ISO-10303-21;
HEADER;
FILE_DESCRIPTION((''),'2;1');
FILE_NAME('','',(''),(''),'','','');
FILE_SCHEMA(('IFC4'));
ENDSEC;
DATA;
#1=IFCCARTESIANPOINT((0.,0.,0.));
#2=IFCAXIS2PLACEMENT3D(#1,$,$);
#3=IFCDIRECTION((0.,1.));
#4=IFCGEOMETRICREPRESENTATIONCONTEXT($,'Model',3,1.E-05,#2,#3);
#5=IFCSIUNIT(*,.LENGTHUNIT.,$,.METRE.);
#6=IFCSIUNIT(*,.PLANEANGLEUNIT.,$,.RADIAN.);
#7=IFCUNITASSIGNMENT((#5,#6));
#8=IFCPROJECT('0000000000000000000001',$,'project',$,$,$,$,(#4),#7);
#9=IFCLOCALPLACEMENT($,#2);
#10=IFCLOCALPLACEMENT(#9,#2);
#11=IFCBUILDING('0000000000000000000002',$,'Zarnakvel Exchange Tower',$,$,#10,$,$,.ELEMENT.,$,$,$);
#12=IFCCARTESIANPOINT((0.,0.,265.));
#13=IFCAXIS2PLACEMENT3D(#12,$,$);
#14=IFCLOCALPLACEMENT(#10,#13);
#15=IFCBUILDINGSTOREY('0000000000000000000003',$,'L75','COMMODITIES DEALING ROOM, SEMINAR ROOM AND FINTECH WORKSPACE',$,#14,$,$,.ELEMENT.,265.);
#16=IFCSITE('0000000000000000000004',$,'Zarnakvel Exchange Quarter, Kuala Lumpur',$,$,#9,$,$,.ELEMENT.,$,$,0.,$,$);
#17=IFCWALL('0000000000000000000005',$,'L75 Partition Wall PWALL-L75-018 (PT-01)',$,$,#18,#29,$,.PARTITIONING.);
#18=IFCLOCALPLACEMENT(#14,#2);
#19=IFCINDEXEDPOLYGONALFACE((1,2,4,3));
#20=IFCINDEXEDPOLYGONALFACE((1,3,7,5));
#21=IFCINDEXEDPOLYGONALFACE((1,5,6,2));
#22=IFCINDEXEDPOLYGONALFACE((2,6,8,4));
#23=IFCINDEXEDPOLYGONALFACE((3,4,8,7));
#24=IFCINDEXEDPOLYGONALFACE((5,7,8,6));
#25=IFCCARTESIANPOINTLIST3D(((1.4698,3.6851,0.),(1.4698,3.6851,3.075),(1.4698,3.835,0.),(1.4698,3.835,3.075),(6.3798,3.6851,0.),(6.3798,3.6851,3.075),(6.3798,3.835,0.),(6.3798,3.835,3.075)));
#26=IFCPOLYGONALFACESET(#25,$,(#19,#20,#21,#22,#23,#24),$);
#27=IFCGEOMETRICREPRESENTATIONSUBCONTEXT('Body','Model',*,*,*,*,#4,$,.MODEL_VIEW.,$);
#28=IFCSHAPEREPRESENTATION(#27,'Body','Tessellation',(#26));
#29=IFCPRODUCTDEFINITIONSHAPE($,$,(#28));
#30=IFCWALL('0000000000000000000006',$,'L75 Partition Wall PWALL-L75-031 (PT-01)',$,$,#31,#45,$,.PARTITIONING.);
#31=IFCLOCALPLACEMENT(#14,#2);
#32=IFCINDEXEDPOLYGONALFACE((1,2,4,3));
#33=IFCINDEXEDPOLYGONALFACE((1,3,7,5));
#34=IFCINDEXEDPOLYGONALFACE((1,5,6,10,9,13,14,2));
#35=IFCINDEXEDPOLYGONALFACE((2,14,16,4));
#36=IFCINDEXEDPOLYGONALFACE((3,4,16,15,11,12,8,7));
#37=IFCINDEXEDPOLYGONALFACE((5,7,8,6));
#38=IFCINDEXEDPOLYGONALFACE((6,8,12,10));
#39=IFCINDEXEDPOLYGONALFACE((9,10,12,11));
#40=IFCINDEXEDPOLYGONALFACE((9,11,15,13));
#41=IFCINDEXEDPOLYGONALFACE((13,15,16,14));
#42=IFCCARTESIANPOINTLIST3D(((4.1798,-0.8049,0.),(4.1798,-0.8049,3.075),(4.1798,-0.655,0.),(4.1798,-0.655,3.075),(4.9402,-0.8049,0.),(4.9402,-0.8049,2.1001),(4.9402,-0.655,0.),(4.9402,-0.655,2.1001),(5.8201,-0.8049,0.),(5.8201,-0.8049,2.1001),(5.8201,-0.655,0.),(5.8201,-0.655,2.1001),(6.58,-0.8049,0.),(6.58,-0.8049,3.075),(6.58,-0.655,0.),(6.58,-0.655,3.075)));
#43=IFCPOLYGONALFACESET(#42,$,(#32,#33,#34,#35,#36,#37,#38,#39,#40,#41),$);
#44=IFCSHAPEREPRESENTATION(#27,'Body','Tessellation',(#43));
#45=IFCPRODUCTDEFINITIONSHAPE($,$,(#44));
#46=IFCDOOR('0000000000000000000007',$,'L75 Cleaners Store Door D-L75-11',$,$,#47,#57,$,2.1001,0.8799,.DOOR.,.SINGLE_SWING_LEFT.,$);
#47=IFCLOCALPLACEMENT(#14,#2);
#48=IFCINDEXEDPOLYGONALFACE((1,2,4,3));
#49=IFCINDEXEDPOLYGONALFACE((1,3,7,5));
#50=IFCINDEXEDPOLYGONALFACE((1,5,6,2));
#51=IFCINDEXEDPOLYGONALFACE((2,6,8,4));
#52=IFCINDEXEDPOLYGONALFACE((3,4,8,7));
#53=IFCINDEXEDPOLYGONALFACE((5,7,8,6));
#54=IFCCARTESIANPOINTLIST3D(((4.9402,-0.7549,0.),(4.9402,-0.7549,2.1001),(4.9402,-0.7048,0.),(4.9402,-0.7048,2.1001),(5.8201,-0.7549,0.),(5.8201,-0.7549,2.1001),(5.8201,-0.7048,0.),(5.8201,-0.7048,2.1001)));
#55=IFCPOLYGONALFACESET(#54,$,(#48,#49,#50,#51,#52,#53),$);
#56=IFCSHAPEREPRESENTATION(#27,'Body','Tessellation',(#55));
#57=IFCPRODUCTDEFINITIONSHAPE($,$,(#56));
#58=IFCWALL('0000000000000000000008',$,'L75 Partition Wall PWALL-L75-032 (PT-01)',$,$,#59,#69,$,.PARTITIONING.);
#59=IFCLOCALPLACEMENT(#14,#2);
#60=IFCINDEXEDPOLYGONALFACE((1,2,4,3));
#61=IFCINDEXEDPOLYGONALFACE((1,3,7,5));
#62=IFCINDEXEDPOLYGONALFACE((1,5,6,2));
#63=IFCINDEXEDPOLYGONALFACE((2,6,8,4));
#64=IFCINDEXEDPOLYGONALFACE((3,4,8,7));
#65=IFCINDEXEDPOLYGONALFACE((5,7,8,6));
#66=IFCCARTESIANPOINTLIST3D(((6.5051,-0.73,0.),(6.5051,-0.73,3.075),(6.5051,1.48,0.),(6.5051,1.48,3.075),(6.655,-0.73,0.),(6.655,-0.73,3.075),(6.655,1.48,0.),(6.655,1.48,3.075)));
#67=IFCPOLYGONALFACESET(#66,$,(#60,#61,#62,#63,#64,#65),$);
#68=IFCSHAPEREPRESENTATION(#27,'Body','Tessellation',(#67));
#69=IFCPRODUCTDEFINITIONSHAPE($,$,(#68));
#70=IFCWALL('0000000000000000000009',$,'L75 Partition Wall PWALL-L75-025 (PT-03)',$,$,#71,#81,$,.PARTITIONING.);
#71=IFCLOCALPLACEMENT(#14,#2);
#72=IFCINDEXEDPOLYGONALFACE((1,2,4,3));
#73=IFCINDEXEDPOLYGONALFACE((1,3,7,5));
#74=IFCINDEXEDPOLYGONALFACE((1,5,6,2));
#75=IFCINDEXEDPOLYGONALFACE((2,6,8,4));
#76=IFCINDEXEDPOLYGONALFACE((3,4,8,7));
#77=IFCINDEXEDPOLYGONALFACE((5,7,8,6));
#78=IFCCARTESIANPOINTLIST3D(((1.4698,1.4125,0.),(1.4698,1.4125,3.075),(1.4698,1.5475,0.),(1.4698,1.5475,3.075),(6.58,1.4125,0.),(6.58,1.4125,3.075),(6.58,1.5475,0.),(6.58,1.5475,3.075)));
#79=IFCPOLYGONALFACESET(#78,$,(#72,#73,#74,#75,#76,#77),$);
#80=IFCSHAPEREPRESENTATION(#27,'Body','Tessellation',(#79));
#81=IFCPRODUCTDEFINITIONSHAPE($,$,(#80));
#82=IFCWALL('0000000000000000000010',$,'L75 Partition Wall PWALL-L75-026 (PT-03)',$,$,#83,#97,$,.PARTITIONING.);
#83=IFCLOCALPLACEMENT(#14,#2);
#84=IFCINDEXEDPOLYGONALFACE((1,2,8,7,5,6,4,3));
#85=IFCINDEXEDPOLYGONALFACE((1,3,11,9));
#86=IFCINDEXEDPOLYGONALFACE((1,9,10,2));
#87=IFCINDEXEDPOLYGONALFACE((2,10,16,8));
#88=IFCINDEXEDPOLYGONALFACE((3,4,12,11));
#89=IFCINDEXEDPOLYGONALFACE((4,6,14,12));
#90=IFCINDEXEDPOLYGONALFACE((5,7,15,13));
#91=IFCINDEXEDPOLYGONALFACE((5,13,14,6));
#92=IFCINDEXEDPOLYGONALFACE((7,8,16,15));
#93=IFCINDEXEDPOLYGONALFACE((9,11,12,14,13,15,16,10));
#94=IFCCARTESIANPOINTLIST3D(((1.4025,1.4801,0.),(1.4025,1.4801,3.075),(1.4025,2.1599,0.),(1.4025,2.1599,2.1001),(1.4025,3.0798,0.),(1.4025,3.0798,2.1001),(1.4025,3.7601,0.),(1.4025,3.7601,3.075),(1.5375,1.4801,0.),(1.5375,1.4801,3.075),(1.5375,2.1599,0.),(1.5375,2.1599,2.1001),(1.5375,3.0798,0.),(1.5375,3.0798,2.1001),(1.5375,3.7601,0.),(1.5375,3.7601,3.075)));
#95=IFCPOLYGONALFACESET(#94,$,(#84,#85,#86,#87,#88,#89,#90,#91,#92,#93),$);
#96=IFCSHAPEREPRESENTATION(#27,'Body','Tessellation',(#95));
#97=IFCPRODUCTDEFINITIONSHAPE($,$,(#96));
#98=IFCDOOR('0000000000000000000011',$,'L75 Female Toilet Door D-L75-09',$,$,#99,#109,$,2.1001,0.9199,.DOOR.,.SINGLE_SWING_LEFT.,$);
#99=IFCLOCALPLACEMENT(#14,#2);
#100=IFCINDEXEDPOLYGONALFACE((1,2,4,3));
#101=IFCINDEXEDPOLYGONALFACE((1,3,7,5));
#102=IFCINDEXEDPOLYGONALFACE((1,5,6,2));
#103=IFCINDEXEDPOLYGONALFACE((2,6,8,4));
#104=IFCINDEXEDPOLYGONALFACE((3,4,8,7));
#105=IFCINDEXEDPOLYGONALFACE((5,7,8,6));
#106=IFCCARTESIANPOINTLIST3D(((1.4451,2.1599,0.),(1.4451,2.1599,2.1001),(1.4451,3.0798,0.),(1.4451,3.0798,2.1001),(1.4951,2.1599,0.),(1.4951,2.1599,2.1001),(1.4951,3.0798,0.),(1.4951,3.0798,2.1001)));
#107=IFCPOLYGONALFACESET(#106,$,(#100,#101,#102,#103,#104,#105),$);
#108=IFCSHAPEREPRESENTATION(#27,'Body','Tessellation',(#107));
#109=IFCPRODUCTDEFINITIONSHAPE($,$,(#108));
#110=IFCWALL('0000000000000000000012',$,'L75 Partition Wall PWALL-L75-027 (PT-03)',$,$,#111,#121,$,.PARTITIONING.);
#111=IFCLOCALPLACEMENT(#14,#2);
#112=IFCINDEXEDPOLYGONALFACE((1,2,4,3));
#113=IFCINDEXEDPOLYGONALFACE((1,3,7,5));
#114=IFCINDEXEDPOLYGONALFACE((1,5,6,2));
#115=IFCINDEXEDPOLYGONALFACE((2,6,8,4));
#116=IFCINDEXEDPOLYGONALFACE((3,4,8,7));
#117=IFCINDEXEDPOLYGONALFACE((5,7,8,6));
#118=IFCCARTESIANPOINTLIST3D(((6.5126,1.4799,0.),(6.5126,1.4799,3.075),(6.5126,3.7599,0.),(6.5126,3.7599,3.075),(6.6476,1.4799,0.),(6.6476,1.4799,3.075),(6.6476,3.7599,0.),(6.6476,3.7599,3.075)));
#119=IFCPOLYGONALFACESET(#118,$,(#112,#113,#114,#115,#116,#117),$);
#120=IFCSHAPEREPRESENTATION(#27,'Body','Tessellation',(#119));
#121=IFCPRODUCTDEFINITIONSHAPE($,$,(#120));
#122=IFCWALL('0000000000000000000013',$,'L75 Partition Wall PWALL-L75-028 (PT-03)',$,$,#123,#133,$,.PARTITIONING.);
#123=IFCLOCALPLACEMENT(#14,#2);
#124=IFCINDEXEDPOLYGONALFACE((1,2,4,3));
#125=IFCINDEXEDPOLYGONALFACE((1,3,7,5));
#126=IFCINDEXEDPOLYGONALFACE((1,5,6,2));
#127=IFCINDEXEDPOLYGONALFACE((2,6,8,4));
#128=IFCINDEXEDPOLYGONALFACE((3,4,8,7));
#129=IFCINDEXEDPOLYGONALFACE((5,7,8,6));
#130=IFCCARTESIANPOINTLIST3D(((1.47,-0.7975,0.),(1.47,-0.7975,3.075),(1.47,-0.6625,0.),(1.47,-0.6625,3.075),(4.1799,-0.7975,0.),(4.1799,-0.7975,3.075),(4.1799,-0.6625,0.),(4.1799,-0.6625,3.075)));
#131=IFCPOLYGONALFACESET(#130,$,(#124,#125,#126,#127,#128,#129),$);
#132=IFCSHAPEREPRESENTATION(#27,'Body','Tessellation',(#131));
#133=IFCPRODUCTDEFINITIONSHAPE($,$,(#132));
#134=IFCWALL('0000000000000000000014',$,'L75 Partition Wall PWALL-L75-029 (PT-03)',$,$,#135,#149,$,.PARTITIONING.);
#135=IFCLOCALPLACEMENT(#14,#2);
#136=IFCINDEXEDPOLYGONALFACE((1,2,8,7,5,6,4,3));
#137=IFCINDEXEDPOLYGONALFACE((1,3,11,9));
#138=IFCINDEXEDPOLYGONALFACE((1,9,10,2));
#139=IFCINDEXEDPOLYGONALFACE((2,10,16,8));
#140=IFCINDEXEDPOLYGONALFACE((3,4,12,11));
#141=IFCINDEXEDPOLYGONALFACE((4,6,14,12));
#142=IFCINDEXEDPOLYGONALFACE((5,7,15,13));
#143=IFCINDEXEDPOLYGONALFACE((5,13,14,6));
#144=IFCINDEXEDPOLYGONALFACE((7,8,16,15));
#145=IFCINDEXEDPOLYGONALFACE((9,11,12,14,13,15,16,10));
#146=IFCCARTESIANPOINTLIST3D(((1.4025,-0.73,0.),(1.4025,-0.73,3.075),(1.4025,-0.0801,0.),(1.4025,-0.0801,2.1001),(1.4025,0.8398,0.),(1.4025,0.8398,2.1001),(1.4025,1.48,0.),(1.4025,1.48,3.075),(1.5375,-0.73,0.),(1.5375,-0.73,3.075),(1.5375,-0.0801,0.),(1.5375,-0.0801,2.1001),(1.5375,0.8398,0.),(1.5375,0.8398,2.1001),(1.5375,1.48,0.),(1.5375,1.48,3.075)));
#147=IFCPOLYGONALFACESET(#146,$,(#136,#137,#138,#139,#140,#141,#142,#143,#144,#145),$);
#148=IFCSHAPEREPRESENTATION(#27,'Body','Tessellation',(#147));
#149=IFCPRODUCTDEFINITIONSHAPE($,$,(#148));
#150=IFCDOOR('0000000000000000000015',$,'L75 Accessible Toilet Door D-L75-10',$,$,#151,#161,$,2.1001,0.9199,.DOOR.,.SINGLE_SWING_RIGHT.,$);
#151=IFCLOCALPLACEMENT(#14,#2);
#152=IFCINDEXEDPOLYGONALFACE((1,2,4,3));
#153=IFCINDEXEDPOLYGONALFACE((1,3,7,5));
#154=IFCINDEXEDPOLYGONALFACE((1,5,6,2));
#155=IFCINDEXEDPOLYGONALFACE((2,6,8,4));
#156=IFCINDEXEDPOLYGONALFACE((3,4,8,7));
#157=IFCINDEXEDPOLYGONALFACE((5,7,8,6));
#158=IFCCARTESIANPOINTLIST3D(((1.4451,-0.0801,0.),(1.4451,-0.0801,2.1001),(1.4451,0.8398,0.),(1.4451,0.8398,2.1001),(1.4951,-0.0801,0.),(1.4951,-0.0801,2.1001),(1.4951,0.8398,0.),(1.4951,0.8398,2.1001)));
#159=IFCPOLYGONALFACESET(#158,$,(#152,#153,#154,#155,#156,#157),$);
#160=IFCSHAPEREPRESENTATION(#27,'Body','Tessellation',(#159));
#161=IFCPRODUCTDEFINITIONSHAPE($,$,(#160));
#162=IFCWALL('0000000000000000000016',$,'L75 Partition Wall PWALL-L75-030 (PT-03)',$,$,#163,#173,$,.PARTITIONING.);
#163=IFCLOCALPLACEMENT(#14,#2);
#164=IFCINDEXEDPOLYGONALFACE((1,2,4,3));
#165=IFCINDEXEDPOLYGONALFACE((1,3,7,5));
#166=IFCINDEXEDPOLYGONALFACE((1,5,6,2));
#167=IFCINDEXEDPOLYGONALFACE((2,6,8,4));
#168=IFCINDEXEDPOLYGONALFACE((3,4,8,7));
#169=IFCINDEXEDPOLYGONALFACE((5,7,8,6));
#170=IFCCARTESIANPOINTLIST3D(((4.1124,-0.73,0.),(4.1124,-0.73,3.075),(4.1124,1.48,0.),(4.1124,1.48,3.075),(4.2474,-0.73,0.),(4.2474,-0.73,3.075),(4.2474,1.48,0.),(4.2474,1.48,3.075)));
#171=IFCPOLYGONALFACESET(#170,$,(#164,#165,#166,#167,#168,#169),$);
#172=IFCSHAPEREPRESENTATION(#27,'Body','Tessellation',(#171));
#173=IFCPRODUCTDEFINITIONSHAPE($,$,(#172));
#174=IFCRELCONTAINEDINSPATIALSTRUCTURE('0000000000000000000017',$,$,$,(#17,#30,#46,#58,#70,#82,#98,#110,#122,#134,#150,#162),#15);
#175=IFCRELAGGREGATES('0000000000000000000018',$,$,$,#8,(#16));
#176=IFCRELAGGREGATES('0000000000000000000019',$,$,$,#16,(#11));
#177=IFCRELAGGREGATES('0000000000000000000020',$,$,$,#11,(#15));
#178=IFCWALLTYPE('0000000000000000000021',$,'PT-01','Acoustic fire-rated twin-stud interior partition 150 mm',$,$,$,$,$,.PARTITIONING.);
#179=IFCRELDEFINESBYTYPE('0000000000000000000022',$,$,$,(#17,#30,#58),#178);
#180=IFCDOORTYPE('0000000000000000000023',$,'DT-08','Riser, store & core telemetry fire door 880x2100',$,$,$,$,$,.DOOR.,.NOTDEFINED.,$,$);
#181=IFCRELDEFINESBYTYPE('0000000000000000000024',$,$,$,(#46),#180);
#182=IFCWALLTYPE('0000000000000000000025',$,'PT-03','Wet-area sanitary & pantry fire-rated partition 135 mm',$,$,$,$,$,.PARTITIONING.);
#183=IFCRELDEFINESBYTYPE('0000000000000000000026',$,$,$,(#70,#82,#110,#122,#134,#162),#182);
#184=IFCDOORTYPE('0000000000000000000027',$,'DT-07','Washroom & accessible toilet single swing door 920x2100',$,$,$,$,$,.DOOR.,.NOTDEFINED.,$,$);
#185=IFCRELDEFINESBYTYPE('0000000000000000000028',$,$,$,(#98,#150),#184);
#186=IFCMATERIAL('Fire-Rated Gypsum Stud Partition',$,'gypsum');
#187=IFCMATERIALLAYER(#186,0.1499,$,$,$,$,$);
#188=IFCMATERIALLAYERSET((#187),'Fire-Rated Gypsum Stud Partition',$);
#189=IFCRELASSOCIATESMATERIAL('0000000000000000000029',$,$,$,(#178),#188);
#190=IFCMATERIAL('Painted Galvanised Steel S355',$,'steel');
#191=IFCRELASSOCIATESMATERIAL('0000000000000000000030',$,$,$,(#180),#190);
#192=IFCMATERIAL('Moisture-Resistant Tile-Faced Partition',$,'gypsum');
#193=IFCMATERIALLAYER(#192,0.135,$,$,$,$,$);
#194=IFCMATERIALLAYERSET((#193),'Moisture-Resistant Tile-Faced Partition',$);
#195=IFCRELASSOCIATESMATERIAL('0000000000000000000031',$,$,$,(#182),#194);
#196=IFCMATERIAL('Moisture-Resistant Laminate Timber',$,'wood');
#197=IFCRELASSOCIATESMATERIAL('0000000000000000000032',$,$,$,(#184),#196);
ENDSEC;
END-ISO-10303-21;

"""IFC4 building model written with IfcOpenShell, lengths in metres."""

from ifc_helpers import new_model, si_unit, direction, frame, frame_2d, origin, place, context, subcontext, project, spatial, rectangle, extrude, source, transform, mapped, material, layer, layer_set, type_object, element, fill, save


model = new_model("IFC4")

# Units and contexts
model_context = context("Model", 3, precision=1e-05, world=origin(), true_north=direction((0.0, 1.0)))
body_context = subcontext(model_context, "Body", "Model", "MODEL_VIEW")
ifc_project = project(units=[si_unit("LENGTHUNIT", "METRE"), si_unit("PLANEANGLEUNIT", "RADIAN")], contexts=[model_context])

# Site, building, storey
site_placement = place(None, origin())
site = spatial("IfcSite", under=ifc_project, at=site_placement, Name="Zarnakvel Exchange Quarter, Kuala Lumpur", CompositionType="ELEMENT", RefElevation=0.0)
building_placement = place(site_placement, origin())
building = spatial("IfcBuilding", under=site, at=building_placement, Name="Zarnakvel Exchange Tower", CompositionType="ELEMENT")
storey_placement = place(building_placement, frame((0.0, 0.0, 265.0)))
storey = spatial("IfcBuildingStorey", under=building, at=storey_placement, Name="L75", Description="COMMODITIES DEALING ROOM, SEMINAR ROOM AND FINTECH WORKSPACE", CompositionType="ELEMENT", Elevation=265.0)

# Wall
ifc_material_1 = material(Name="Fire-Rated Gypsum Stud Partition", Category="gypsum")
ifc_layer_1 = layer(ifc_material_1, 0.1499)
ifc_layer_set_1 = layer_set([ifc_layer_1], Name="Fire-Rated Gypsum Stud Partition")
wall_type_1 = type_object("IfcWallType", Name="PT-01", Description="Acoustic fire-rated twin-stud interior partition 150 mm", PredefinedType="PARTITIONING", material=ifc_layer_set_1)
wall_1_placement = place(storey_placement, frame((6.3799, 3.76, 0.0), z_axis=(0.0, 0.0, 1.0), x_axis=(-1.0, 0.0, 0.0)))
element("IfcWall", 1, at=wall_1_placement, inside=storey, type_object=wall_type_1, Name="L75 Partition Wall PWALL-L75-018 (PT-01)", PredefinedType="PARTITIONING", context=body_context, shape_type="SweptSolid", body=[
    extrude(rectangle(XDim=4.9099, YDim=0.1499, at=frame_2d((2.4551, 0.0))), origin(), (0.0, 0.0, 1.0), 3.075),
])

# Wall, opening, door
wall_2_placement = place(storey_placement, frame((6.5801, -0.73, 0.0), z_axis=(0.0, 0.0, 1.0), x_axis=(-1.0, 0.0, 0.0)))
wall_2 = element("IfcWall", 2, at=wall_2_placement, inside=storey, type_object=wall_type_1, Name="L75 Partition Wall PWALL-L75-031 (PT-01)", PredefinedType="PARTITIONING", context=body_context, shape_type="SweptSolid", body=[
    extrude(rectangle(XDim=2.4001, YDim=0.1499, at=frame_2d((1.2002, 0.0))), origin(), (0.0, 0.0, 1.0), 3.075),
])
opening_1_placement = place(wall_2_placement, frame((0.76, 0.0, 0.0)))
opening_1 = element("IfcOpeningElement", 3, at=opening_1_placement, cuts=wall_2, PredefinedType="OPENING", context=body_context, shape_type="SweptSolid", body=[
    extrude(rectangle(XDim=0.8799, YDim=2.1001, at=frame_2d((0.4399, 1.05))), frame((0.0, 0.085, 0.0), z_axis=(0.0, -1.0, 0.0), x_axis=(1.0, 0.0, 0.0)), (0.0, 0.0, 1.0), 0.1699),
])
ifc_material_2 = material(Name="Painted Galvanised Steel S355", Category="steel")
door_type_1 = type_object("IfcDoorType", Name="DT-08", Description="Riser, store & core telemetry fire door 880x2100", OperationType="NOTDEFINED", PredefinedType="DOOR", material=ifc_material_2)
shared_shape_1 = source(origin(), body_context, "Body", "SweptSolid", [
    extrude(rectangle(XDim=0.8799, YDim=2.1001, at=frame_2d((0.4399, 1.05))), frame((0.0, 0.0249, 0.0), z_axis=(0.0, -1.0, 0.0), x_axis=(1.0, 0.0, 0.0)), (0.0, 0.0, 1.0), 0.05),
])
door_1_placement = place(opening_1_placement, origin())
door_1 = element("IfcDoor", 4, at=door_1_placement, inside=storey, type_object=door_type_1, Name="L75 Cleaners Store Door D-L75-11", OperationType="SINGLE_SWING_LEFT", OverallHeight=2.1001, OverallWidth=0.8799, PredefinedType="DOOR", context=body_context, shape_type="MappedRepresentation", body=[
    mapped(shared_shape_1, transform((0.0, 0.0, 0.0), x_axis=(1.0, 0.0, 0.0), y_axis=(0.0, 1.0, 0.0), z_axis=(0.0, 0.0, 1.0), scale=1.0)),
])
fill(opening_1, door_1)

# Walls
wall_3_placement = place(storey_placement, frame((6.5801, 1.48, 0.0), z_axis=(0.0, 0.0, 1.0), x_axis=(0.0, -1.0, 0.0)))
element("IfcWall", 5, at=wall_3_placement, inside=storey, type_object=wall_type_1, Name="L75 Partition Wall PWALL-L75-032 (PT-01)", PredefinedType="PARTITIONING", context=body_context, shape_type="SweptSolid", body=[
    extrude(rectangle(XDim=2.21, YDim=0.1499, at=frame_2d((1.105, 0.0))), origin(), (0.0, 0.0, 1.0), 3.075),
])
ifc_material_3 = material(Name="Moisture-Resistant Tile-Faced Partition", Category="gypsum")
ifc_layer_2 = layer(ifc_material_3, 0.135)
ifc_layer_set_2 = layer_set([ifc_layer_2], Name="Moisture-Resistant Tile-Faced Partition")
wall_type_2 = type_object("IfcWallType", Name="PT-03", Description="Wet-area sanitary & pantry fire-rated partition 135 mm", PredefinedType="PARTITIONING", material=ifc_layer_set_2)
wall_4_placement = place(storey_placement, frame((6.5801, 1.48, 0.0), z_axis=(0.0, 0.0, 1.0), x_axis=(-1.0, 0.0, 0.0)))
element("IfcWall", 6, at=wall_4_placement, inside=storey, type_object=wall_type_2, Name="L75 Partition Wall PWALL-L75-025 (PT-03)", PredefinedType="PARTITIONING", context=body_context, shape_type="SweptSolid", body=[
    extrude(rectangle(XDim=5.1101, YDim=0.135, at=frame_2d((2.5552, 0.0))), origin(), (0.0, 0.0, 1.0), 3.075),
])

# Wall, opening, door
wall_5_placement = place(storey_placement, frame((1.47, 1.48, 0.0), z_axis=(0.0, 0.0, 1.0), x_axis=(0.0, 1.0, 0.0)))
wall_5 = element("IfcWall", 7, at=wall_5_placement, inside=storey, type_object=wall_type_2, Name="L75 Partition Wall PWALL-L75-026 (PT-03)", PredefinedType="PARTITIONING", context=body_context, shape_type="SweptSolid", body=[
    extrude(rectangle(XDim=2.28, YDim=0.135, at=frame_2d((1.1401, 0.0))), origin(), (0.0, 0.0, 1.0), 3.075),
])
opening_2_placement = place(wall_5_placement, frame((0.6799, 0.0, 0.0)))
opening_2 = element("IfcOpeningElement", 8, at=opening_2_placement, cuts=wall_5, PredefinedType="OPENING", context=body_context, shape_type="SweptSolid", body=[
    extrude(rectangle(XDim=0.9199, YDim=2.1001, at=frame_2d((0.46, 1.05))), frame((0.0, 0.0774, 0.0), z_axis=(0.0, -1.0, 0.0), x_axis=(1.0, 0.0, 0.0)), (0.0, 0.0, 1.0), 0.155),
])
ifc_material_4 = material(Name="Moisture-Resistant Laminate Timber", Category="wood")
door_type_2 = type_object("IfcDoorType", Name="DT-07", Description="Washroom & accessible toilet single swing door 920x2100", OperationType="NOTDEFINED", PredefinedType="DOOR", material=ifc_material_4)
shared_shape_2 = source(origin(), body_context, "Body", "SweptSolid", [
    extrude(rectangle(XDim=0.9199, YDim=2.1001, at=frame_2d((0.46, 1.05))), frame((0.0, 0.0249, 0.0), z_axis=(0.0, -1.0, 0.0), x_axis=(1.0, 0.0, 0.0)), (0.0, 0.0, 1.0), 0.05),
])
door_2_placement = place(opening_2_placement, origin())
door_2 = element("IfcDoor", 9, at=door_2_placement, inside=storey, type_object=door_type_2, Name="L75 Female Toilet Door D-L75-09", OperationType="SINGLE_SWING_LEFT", OverallHeight=2.1001, OverallWidth=0.9199, PredefinedType="DOOR", context=body_context, shape_type="MappedRepresentation", body=[
    mapped(shared_shape_2, transform((0.0, 0.0, 0.0), x_axis=(1.0, 0.0, 0.0), y_axis=(0.0, 1.0, 0.0), z_axis=(0.0, 0.0, 1.0), scale=1.0)),
])
fill(opening_2, door_2)

# Walls
wall_6_placement = place(storey_placement, frame((6.5801, 3.76, 0.0), z_axis=(0.0, 0.0, 1.0), x_axis=(0.0, -1.0, 0.0)))
element("IfcWall", 10, at=wall_6_placement, inside=storey, type_object=wall_type_2, Name="L75 Partition Wall PWALL-L75-027 (PT-03)", PredefinedType="PARTITIONING", context=body_context, shape_type="SweptSolid", body=[
    extrude(rectangle(XDim=2.28, YDim=0.135, at=frame_2d((1.1401, 0.0))), origin(), (0.0, 0.0, 1.0), 3.075),
])
wall_7_placement = place(storey_placement, frame((4.1799, -0.73, 0.0), z_axis=(0.0, 0.0, 1.0), x_axis=(-1.0, 0.0, 0.0)))
element("IfcWall", 11, at=wall_7_placement, inside=storey, type_object=wall_type_2, Name="L75 Partition Wall PWALL-L75-028 (PT-03)", PredefinedType="PARTITIONING", context=body_context, shape_type="SweptSolid", body=[
    extrude(rectangle(XDim=2.71, YDim=0.135, at=frame_2d((1.355, 0.0))), origin(), (0.0, 0.0, 1.0), 3.075),
])

# Wall, opening, door
wall_8_placement = place(storey_placement, frame((1.47, -0.73, 0.0), z_axis=(0.0, 0.0, 1.0), x_axis=(0.0, 1.0, 0.0)))
wall_8 = element("IfcWall", 12, at=wall_8_placement, inside=storey, type_object=wall_type_2, Name="L75 Partition Wall PWALL-L75-029 (PT-03)", PredefinedType="PARTITIONING", context=body_context, shape_type="SweptSolid", body=[
    extrude(rectangle(XDim=2.21, YDim=0.135, at=frame_2d((1.105, 0.0))), origin(), (0.0, 0.0, 1.0), 3.075),
])
opening_3_placement = place(wall_8_placement, frame((0.6499, 0.0, 0.0)))
opening_3 = element("IfcOpeningElement", 13, at=opening_3_placement, cuts=wall_8, PredefinedType="OPENING", context=body_context, shape_type="SweptSolid", body=[
    extrude(rectangle(XDim=0.9199, YDim=2.1001, at=frame_2d((0.46, 1.05))), frame((0.0, 0.0774, 0.0), z_axis=(0.0, -1.0, 0.0), x_axis=(1.0, 0.0, 0.0)), (0.0, 0.0, 1.0), 0.155),
])
door_3_placement = place(opening_3_placement, origin())
door_3 = element("IfcDoor", 14, at=door_3_placement, inside=storey, type_object=door_type_2, Name="L75 Accessible Toilet Door D-L75-10", OperationType="SINGLE_SWING_RIGHT", OverallHeight=2.1001, OverallWidth=0.9199, PredefinedType="DOOR", context=body_context, shape_type="MappedRepresentation", body=[
    mapped(shared_shape_2, transform((0.0, 0.0, 0.0), x_axis=(1.0, 0.0, 0.0), y_axis=(0.0, 1.0, 0.0), z_axis=(0.0, 0.0, 1.0), scale=1.0)),
])
fill(opening_3, door_3)

# Wall
wall_9_placement = place(storey_placement, frame((4.1799, 1.48, 0.0), z_axis=(0.0, 0.0, 1.0), x_axis=(0.0, -1.0, 0.0)))
element("IfcWall", 15, at=wall_9_placement, inside=storey, type_object=wall_type_2, Name="L75 Partition Wall PWALL-L75-030 (PT-03)", PredefinedType="PARTITIONING", context=body_context, shape_type="SweptSolid", body=[
    extrude(rectangle(XDim=2.21, YDim=0.135, at=frame_2d((1.105, 0.0))), origin(), (0.0, 0.0, 1.0), 3.075),
])

save(model, "model.ifc")
